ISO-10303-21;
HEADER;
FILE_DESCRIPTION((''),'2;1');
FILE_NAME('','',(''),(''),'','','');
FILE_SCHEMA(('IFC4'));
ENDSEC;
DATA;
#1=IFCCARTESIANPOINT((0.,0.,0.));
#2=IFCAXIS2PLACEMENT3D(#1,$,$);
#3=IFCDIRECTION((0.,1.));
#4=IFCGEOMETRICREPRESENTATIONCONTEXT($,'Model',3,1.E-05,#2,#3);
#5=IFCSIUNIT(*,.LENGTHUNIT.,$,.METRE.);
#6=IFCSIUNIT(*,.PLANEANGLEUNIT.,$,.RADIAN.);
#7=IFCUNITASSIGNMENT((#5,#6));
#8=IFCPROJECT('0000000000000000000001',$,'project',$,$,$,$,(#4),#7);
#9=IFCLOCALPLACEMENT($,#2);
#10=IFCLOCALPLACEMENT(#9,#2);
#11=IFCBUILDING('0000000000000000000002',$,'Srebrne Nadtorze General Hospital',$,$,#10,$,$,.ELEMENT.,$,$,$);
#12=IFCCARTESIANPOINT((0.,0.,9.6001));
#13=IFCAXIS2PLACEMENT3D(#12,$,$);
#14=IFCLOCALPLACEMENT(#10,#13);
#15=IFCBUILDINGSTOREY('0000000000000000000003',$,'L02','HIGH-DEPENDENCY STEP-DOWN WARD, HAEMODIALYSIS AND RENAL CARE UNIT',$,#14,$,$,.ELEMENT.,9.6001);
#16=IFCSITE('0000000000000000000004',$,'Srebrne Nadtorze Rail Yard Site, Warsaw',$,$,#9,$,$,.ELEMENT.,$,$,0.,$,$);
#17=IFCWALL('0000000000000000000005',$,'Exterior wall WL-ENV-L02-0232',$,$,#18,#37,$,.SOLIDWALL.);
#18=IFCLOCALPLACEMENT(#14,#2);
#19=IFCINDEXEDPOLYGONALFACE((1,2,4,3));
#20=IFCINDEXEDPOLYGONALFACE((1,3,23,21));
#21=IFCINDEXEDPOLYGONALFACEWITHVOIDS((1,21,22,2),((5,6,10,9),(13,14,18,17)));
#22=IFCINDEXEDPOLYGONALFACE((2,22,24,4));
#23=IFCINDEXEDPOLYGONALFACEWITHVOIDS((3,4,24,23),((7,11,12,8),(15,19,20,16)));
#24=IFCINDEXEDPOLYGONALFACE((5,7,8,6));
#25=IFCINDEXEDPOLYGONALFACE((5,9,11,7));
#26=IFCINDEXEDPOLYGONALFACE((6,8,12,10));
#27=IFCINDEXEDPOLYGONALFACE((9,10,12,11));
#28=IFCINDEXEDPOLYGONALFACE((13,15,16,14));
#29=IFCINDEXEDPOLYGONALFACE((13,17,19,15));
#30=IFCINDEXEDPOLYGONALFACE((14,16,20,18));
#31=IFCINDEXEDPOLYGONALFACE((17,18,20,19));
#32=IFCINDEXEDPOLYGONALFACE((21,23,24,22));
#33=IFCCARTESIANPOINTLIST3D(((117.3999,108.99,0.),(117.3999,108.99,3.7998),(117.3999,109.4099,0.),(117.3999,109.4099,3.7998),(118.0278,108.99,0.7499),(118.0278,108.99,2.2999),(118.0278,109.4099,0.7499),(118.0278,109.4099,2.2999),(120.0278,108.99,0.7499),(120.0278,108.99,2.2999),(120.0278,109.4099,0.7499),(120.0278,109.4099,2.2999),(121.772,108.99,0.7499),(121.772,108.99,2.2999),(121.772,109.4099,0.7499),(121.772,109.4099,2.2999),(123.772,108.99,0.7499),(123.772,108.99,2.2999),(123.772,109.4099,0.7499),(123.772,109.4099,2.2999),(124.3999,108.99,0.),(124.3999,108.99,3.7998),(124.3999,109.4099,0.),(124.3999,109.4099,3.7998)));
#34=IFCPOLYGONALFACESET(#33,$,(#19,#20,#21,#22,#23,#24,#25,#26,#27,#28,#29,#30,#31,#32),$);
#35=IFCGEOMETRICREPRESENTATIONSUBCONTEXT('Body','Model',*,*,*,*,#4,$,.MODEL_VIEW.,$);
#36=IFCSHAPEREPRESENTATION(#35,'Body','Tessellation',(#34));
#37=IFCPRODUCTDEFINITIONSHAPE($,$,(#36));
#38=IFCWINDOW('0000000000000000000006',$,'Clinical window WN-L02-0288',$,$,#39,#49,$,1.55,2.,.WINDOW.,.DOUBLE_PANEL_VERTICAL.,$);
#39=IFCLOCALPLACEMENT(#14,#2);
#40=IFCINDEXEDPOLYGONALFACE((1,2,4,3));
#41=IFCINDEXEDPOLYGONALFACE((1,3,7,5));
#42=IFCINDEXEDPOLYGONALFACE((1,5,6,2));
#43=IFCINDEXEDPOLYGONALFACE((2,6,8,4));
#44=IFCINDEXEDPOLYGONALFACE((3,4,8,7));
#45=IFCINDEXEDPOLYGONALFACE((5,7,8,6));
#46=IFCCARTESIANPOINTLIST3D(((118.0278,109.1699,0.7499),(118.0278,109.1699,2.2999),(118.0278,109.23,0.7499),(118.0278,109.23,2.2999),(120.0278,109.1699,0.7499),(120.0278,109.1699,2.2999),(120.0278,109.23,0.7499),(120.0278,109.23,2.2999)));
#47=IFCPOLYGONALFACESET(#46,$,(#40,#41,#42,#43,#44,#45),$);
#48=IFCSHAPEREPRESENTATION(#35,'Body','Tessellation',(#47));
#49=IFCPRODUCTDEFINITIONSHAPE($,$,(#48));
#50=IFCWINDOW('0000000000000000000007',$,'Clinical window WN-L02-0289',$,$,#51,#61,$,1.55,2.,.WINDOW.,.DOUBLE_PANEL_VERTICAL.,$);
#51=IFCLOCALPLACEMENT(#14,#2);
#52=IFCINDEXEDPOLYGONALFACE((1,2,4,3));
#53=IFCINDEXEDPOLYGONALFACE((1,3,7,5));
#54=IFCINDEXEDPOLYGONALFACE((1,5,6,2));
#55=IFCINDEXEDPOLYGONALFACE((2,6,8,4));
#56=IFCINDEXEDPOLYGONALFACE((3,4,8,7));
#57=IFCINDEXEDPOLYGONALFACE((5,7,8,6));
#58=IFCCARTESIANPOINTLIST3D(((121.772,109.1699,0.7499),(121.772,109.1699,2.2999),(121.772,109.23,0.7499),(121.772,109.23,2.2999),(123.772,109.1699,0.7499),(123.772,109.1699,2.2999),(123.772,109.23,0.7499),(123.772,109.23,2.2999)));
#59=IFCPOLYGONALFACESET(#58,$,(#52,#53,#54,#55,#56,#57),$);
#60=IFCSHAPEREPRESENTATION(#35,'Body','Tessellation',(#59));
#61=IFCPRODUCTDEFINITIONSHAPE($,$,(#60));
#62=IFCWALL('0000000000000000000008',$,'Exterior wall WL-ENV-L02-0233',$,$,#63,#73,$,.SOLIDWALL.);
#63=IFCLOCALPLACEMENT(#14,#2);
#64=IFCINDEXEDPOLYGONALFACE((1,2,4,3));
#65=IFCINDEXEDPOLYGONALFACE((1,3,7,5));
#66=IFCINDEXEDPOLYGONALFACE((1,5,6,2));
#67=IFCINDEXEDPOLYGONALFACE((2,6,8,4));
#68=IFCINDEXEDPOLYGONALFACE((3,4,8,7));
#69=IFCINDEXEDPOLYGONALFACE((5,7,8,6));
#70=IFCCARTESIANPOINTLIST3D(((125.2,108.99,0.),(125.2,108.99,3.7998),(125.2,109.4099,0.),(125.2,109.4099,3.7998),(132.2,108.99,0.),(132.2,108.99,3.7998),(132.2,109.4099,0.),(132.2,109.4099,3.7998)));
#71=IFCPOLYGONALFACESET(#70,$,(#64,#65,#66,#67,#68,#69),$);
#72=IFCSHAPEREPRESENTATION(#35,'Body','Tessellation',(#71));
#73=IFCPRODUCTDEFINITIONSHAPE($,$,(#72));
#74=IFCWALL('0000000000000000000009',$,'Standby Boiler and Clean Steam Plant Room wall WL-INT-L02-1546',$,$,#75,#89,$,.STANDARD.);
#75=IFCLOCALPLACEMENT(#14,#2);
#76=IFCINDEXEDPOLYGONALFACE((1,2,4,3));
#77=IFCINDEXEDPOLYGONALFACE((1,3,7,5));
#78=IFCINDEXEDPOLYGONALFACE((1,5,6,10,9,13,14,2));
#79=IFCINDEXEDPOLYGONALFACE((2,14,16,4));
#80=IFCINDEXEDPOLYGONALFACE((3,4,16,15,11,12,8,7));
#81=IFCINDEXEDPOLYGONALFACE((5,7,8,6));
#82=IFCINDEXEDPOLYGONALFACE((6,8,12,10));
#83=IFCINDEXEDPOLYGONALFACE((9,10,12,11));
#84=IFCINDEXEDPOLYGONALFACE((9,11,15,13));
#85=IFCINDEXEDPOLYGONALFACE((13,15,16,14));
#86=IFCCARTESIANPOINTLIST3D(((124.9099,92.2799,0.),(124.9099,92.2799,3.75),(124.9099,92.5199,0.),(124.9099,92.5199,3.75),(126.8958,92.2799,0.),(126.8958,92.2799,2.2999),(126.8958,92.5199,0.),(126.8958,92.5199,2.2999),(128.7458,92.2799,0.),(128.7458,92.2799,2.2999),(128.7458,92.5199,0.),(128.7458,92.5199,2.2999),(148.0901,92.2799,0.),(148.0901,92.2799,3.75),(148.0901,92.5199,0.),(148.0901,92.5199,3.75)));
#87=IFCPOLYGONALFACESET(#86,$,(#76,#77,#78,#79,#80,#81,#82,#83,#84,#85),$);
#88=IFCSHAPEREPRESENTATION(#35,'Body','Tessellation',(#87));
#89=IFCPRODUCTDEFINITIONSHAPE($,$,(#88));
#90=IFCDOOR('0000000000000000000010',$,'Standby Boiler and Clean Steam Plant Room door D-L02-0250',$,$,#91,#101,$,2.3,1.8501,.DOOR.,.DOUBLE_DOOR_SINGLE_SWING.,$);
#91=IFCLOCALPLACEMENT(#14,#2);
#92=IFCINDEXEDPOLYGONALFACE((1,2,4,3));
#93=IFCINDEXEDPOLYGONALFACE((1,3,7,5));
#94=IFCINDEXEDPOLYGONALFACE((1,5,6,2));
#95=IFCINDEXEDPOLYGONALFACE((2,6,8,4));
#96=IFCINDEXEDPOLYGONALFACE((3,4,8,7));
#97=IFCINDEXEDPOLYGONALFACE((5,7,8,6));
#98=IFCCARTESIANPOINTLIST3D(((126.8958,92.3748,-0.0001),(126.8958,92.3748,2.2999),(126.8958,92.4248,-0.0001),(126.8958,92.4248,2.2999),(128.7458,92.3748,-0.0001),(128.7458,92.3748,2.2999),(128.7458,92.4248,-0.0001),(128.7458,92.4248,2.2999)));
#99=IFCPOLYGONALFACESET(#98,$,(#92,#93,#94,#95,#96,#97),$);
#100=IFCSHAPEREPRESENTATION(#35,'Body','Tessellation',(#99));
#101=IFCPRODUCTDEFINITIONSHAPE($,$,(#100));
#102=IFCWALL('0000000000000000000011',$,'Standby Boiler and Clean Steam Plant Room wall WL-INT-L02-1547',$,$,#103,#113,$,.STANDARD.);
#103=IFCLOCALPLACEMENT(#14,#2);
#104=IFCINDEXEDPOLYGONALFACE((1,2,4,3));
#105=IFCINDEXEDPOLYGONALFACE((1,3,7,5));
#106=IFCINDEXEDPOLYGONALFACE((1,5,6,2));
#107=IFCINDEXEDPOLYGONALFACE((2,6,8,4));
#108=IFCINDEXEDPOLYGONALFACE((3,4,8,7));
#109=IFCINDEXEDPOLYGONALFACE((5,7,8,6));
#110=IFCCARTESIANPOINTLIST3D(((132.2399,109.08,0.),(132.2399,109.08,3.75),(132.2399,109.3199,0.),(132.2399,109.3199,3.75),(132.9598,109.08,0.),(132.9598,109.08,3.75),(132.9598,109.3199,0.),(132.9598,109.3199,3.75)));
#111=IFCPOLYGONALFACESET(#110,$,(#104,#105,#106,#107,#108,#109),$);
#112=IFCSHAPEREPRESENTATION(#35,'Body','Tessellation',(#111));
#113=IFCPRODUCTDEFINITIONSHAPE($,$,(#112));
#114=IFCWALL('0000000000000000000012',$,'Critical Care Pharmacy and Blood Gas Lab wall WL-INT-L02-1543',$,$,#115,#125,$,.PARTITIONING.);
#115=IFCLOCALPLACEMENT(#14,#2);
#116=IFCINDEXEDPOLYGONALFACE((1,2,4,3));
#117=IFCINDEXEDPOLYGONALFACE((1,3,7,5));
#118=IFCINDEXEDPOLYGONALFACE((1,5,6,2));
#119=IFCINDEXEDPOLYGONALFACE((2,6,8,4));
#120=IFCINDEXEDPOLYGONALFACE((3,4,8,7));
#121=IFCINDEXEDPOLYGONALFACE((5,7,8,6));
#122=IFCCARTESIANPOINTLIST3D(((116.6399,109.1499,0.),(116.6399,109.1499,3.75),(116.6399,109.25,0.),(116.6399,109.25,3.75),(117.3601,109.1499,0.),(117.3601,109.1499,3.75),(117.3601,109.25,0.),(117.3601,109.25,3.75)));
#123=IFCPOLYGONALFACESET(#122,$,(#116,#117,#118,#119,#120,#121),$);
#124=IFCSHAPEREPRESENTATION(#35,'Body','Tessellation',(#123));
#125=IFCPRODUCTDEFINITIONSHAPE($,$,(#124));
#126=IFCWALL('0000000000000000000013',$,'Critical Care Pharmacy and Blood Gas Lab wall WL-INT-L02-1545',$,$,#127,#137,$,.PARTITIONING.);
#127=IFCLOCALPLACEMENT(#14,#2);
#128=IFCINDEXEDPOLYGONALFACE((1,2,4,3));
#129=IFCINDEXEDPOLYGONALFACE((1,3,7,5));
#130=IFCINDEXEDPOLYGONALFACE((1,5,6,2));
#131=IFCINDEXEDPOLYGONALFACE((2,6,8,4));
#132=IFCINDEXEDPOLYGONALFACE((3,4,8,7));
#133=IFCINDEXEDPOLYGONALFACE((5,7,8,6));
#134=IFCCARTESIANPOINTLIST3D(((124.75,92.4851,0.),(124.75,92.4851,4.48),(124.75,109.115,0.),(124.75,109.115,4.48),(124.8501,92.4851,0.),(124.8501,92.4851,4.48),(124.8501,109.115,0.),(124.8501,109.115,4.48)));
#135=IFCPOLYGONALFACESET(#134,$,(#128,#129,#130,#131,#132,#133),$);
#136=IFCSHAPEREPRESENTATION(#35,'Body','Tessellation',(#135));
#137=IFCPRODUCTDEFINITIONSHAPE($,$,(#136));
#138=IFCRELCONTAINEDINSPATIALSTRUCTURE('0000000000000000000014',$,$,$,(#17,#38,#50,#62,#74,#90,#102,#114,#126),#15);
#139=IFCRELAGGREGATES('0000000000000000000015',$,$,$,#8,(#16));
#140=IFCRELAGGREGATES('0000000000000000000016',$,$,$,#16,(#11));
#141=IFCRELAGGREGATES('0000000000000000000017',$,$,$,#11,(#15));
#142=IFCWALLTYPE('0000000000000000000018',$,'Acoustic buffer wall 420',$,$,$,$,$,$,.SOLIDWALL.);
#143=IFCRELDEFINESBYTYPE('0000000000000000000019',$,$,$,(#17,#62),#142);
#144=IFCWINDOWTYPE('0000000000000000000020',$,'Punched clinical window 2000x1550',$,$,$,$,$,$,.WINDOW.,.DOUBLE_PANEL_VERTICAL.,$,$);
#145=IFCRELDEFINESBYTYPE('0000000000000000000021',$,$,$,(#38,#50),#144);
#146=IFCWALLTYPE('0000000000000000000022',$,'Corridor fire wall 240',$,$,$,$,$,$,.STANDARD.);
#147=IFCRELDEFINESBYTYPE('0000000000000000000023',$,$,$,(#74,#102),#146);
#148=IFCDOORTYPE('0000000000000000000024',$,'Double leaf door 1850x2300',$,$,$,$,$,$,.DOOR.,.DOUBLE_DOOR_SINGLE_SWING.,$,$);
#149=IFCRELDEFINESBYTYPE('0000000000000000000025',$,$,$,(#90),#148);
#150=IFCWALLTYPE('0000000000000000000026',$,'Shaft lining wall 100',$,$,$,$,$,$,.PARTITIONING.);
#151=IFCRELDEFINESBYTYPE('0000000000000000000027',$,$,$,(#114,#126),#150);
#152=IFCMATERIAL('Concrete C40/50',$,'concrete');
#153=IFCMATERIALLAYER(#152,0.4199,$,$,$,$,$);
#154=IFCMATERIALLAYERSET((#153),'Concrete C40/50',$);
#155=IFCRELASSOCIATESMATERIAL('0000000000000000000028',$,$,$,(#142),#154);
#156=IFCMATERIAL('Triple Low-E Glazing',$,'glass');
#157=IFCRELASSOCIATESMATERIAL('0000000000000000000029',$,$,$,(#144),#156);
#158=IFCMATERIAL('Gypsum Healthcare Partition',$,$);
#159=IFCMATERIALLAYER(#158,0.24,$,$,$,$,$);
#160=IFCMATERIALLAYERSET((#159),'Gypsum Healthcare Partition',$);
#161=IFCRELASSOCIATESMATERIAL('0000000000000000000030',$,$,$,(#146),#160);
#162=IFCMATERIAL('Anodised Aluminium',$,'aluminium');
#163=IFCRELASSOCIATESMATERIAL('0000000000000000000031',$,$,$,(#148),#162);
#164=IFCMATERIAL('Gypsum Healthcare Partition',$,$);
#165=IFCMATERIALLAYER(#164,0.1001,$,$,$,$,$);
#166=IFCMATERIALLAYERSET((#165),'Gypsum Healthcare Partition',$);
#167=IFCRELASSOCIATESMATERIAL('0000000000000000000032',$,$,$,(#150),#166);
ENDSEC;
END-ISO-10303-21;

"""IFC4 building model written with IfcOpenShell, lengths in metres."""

from ifc_helpers import new_model, si_unit, direction, frame, frame_2d, origin, place, context, subcontext, project, spatial, rectangle, extrude, material, layer, layer_set, type_object, element, fill, save


model = new_model("IFC4")

# Units and contexts
model_context = context("Model", 3, precision=1e-05, world=origin(), true_north=direction((0.0, 1.0)))
body_context = subcontext(model_context, "Body", "Model", "MODEL_VIEW")
ifc_project = project(units=[si_unit("LENGTHUNIT", "METRE"), si_unit("PLANEANGLEUNIT", "RADIAN")], contexts=[model_context])

# Site, building, storey
site_placement = place(None, origin())
site = spatial("IfcSite", under=ifc_project, at=site_placement, Name="Srebrne Nadtorze Rail Yard Site, Warsaw", CompositionType="ELEMENT", RefElevation=0.0)
building_placement = place(site_placement, origin())
building = spatial("IfcBuilding", under=site, at=building_placement, Name="Srebrne Nadtorze General Hospital", CompositionType="ELEMENT")
storey_placement = place(building_placement, frame((0.0, 0.0, 9.6001)))
storey = spatial("IfcBuildingStorey", under=building, at=storey_placement, Name="L02", Description="HIGH-DEPENDENCY STEP-DOWN WARD, HAEMODIALYSIS AND RENAL CARE UNIT", CompositionType="ELEMENT", Elevation=9.6001)

# Wall, openings, windows
ifc_material_1 = material(Name="Concrete C40/50", Category="concrete")
ifc_layer_1 = layer(ifc_material_1, 0.4199)
ifc_layer_set_1 = layer_set([ifc_layer_1], Name="Concrete C40/50")
wall_type_1 = type_object("IfcWallType", Name="Acoustic buffer wall 420", PredefinedType="SOLIDWALL", material=ifc_layer_set_1)
wall_1_placement = place(storey_placement, frame((117.3999, 109.2, 0.0), z_axis=(0.0, 0.0, 1.0), x_axis=(1.0, 0.0, 0.0)))
wall_1 = element("IfcWall", 1, at=wall_1_placement, inside=storey, type_object=wall_type_1, Name="Exterior wall WL-ENV-L02-0232", PredefinedType="SOLIDWALL", context=body_context, shape_type="SweptSolid", body=[
    extrude(rectangle(XDim=7.0, YDim=0.4199, at=frame_2d((3.5, 0.0))), origin(), (0.0, 0.0, 1.0), 3.7998),
])
opening_1_placement = place(wall_1_placement, frame((0.6279, 0.0, 0.75)))
opening_1 = element("IfcOpeningElement", 2, at=opening_1_placement, cuts=wall_1, PredefinedType="OPENING", context=body_context, shape_type="SweptSolid", body=[
    extrude(rectangle(XDim=2.0, YDim=1.55, at=frame_2d((1.0, 0.7749))), frame((0.0, 0.2219, 0.0), z_axis=(0.0, -1.0, 0.0), x_axis=(1.0, 0.0, 0.0)), (0.0, 0.0, 1.0), 0.4438),
])
opening_2_placement = place(wall_1_placement, frame((4.3721, 0.0, 0.75)))
opening_2 = element("IfcOpeningElement", 3, at=opening_2_placement, cuts=wall_1, PredefinedType="OPENING", context=body_context, shape_type="SweptSolid", body=[
    extrude(rectangle(XDim=2.0, YDim=1.55, at=frame_2d((1.0, 0.7749))), frame((0.0, 0.2219, 0.0), z_axis=(0.0, -1.0, 0.0), x_axis=(1.0, 0.0, 0.0)), (0.0, 0.0, 1.0), 0.4438),
])
ifc_material_2 = material(Name="Triple Low-E Glazing", Category="glass")
window_type = type_object("IfcWindowType", Name="Punched clinical window 2000x1550", PartitioningType="DOUBLE_PANEL_VERTICAL", PredefinedType="WINDOW", material=ifc_material_2)
window_1_placement = place(opening_1_placement, origin())
window_1 = element("IfcWindow", 4, at=window_1_placement, inside=storey, type_object=window_type, Name="Clinical window WN-L02-0288", OverallHeight=1.55, OverallWidth=2.0, PartitioningType="DOUBLE_PANEL_VERTICAL", PredefinedType="WINDOW", context=body_context, shape_type="SweptSolid", body=[
    extrude(rectangle(XDim=2.0, YDim=1.55, at=frame_2d((1.0, 0.7749))), frame((0.0, 0.03, 0.0), z_axis=(0.0, -1.0, 0.0), x_axis=(1.0, 0.0, 0.0)), (0.0, 0.0, 1.0), 0.0601),
])
fill(opening_1, window_1)
window_2_placement = place(opening_2_placement, origin())
window_2 = element("IfcWindow", 5, at=window_2_placement, inside=storey, type_object=window_type, Name="Clinical window WN-L02-0289", OverallHeight=1.55, OverallWidth=2.0, PartitioningType="DOUBLE_PANEL_VERTICAL", PredefinedType="WINDOW", context=body_context, shape_type="SweptSolid", body=[
    extrude(rectangle(XDim=2.0, YDim=1.55, at=frame_2d((1.0, 0.7749))), frame((0.0, 0.03, 0.0), z_axis=(0.0, -1.0, 0.0), x_axis=(1.0, 0.0, 0.0)), (0.0, 0.0, 1.0), 0.0601),
])
fill(opening_2, window_2)

# Wall
wall_2_placement = place(storey_placement, frame((125.2, 109.2, 0.0), z_axis=(0.0, 0.0, 1.0), x_axis=(1.0, 0.0, 0.0)))
element("IfcWall", 6, at=wall_2_placement, inside=storey, type_object=wall_type_1, Name="Exterior wall WL-ENV-L02-0233", PredefinedType="SOLIDWALL", context=body_context, shape_type="SweptSolid", body=[
    extrude(rectangle(XDim=7.0, YDim=0.4199, at=frame_2d((3.5, 0.0))), origin(), (0.0, 0.0, 1.0), 3.7998),
])

# Wall, opening, door
ifc_material_3 = material(Name="Gypsum Healthcare Partition")
ifc_layer_2 = layer(ifc_material_3, 0.24)
ifc_layer_set_2 = layer_set([ifc_layer_2], Name="Gypsum Healthcare Partition")
wall_type_2 = type_object("IfcWallType", Name="Corridor fire wall 240", PredefinedType="STANDARD", material=ifc_layer_set_2)
wall_3_placement = place(storey_placement, frame((124.9099, 92.3999, 0.0), z_axis=(0.0, 0.0, 1.0), x_axis=(1.0, 0.0, 0.0)))
wall_3 = element("IfcWall", 7, at=wall_3_placement, inside=storey, type_object=wall_type_2, Name="Standby Boiler and Clean Steam Plant Room wall WL-INT-L02-1546", PredefinedType="STANDARD", context=body_context, shape_type="SweptSolid", body=[
    extrude(rectangle(XDim=23.1802, YDim=0.24, at=frame_2d((11.5901, 0.0))), origin(), (0.0, 0.0, 1.0), 3.75),
])
opening_3_placement = place(wall_3_placement, frame((1.9858, 0.0, 0.0)))
opening_3 = element("IfcOpeningElement", 8, at=opening_3_placement, cuts=wall_3, PredefinedType="OPENING", context=body_context, shape_type="SweptSolid", body=[
    extrude(rectangle(XDim=1.8501, YDim=2.3, at=frame_2d((0.925, 1.1499))), frame((0.0, 0.1318, 0.0), z_axis=(0.0, -1.0, 0.0), x_axis=(1.0, 0.0, 0.0)), (0.0, 0.0, 1.0), 0.2639),
])
ifc_material_4 = material(Name="Anodised Aluminium", Category="aluminium")
door_type = type_object("IfcDoorType", Name="Double leaf door 1850x2300", OperationType="DOUBLE_DOOR_SINGLE_SWING", PredefinedType="DOOR", material=ifc_material_4)
door_placement = place(opening_3_placement, origin())
door = element("IfcDoor", 9, at=door_placement, inside=storey, type_object=door_type, Name="Standby Boiler and Clean Steam Plant Room door D-L02-0250", OperationType="DOUBLE_DOOR_SINGLE_SWING", OverallHeight=2.3, OverallWidth=1.8501, PredefinedType="DOOR", context=body_context, shape_type="SweptSolid", body=[
    extrude(rectangle(XDim=1.8501, YDim=2.3, at=frame_2d((0.925, 1.1499))), frame((0.0, 0.0249, 0.0), z_axis=(0.0, -1.0, 0.0), x_axis=(1.0, 0.0, 0.0)), (0.0, 0.0, 1.0), 0.05),
])
fill(opening_3, door)

# Walls
wall_4_placement = place(storey_placement, frame((132.24, 109.2, 0.0), z_axis=(0.0, 0.0, 1.0), x_axis=(1.0, 0.0, 0.0)))
element("IfcWall", 10, at=wall_4_placement, inside=storey, type_object=wall_type_2, Name="Standby Boiler and Clean Steam Plant Room wall WL-INT-L02-1547", PredefinedType="STANDARD", context=body_context, shape_type="SweptSolid", body=[
    extrude(rectangle(XDim=0.72, YDim=0.24, at=frame_2d((0.3599, 0.0))), origin(), (0.0, 0.0, 1.0), 3.75),
])
ifc_material_5 = material(Name="Gypsum Healthcare Partition")
ifc_layer_3 = layer(ifc_material_5, 0.1001)
ifc_layer_set_3 = layer_set([ifc_layer_3], Name="Gypsum Healthcare Partition")
wall_type_3 = type_object("IfcWallType", Name="Shaft lining wall 100", PredefinedType="PARTITIONING", material=ifc_layer_set_3)
wall_5_placement = place(storey_placement, frame((116.6399, 109.2, 0.0), z_axis=(0.0, 0.0, 1.0), x_axis=(1.0, 0.0, 0.0)))
element("IfcWall", 11, at=wall_5_placement, inside=storey, type_object=wall_type_3, Name="Critical Care Pharmacy and Blood Gas Lab wall WL-INT-L02-1543", PredefinedType="PARTITIONING", context=body_context, shape_type="SweptSolid", body=[
    extrude(rectangle(XDim=0.7202, YDim=0.1001, at=frame_2d((0.3601, 0.0))), origin(), (0.0, 0.0, 1.0), 3.75),
])
wall_6_placement = place(storey_placement, frame((124.8, 92.4851, 0.0), z_axis=(0.0, 0.0, 1.0), x_axis=(0.0, 1.0, 0.0)))
element("IfcWall", 12, at=wall_6_placement, inside=storey, type_object=wall_type_3, Name="Critical Care Pharmacy and Blood Gas Lab wall WL-INT-L02-1545", PredefinedType="PARTITIONING", context=body_context, shape_type="SweptSolid", body=[
    extrude(rectangle(XDim=16.6299, YDim=0.1001, at=frame_2d((8.3149, 0.0))), origin(), (0.0, 0.0, 1.0), 4.48),
])

save(model, "model.ifc")
